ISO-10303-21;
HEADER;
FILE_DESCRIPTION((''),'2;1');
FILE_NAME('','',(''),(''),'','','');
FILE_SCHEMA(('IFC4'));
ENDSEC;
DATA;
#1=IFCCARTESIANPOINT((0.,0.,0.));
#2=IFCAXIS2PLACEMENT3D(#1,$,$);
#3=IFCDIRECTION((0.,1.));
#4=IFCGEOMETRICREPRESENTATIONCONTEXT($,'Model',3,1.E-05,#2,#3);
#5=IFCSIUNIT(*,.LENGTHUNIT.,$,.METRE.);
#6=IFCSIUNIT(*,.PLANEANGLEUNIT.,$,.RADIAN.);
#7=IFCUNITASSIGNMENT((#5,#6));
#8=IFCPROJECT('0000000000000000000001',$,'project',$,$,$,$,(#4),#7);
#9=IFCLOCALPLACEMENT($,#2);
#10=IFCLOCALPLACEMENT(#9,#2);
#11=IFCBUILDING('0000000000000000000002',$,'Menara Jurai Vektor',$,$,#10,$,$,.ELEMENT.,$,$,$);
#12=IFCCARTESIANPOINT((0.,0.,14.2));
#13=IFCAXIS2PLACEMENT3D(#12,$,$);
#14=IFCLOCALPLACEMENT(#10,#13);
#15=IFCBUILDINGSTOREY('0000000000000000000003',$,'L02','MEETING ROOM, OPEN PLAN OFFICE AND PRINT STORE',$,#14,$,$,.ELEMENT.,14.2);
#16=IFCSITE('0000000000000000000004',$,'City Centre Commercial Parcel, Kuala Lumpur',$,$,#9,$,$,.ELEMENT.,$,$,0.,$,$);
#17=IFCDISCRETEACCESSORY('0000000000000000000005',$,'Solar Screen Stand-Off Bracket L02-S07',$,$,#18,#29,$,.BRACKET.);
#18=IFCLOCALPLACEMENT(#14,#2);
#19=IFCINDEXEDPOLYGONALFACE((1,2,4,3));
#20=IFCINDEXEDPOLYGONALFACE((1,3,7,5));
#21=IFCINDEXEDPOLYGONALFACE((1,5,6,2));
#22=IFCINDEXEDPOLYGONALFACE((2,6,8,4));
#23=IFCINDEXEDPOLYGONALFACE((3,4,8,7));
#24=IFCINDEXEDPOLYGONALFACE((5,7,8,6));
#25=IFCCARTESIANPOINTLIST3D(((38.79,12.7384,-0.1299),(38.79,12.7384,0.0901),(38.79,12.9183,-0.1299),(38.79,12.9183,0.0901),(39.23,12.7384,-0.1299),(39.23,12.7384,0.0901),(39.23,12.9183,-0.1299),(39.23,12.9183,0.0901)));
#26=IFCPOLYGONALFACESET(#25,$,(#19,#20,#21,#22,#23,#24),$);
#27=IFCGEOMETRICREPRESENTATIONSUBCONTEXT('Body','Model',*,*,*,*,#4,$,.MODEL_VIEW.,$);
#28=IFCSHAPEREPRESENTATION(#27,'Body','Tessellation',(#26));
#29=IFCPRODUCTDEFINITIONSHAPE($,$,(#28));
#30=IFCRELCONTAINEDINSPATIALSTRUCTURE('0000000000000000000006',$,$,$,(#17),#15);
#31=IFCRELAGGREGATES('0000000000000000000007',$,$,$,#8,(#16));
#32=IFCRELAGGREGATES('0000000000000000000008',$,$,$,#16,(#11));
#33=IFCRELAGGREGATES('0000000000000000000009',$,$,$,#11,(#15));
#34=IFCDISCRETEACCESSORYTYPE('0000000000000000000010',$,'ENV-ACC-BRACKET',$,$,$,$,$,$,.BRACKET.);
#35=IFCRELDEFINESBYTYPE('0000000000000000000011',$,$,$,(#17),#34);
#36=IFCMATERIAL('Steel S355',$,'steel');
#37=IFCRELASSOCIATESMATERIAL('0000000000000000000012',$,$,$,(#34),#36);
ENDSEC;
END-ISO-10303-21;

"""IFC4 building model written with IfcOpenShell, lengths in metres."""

from ifc_helpers import new_model, si_unit, direction, frame, origin, origin_2d, place, context, subcontext, project, spatial, rectangle, extrude, material, type_object, element, save


model = new_model("IFC4")

# Units and contexts
model_context = context("Model", 3, precision=1e-05, world=origin(), true_north=direction((0.0, 1.0)))
body_context = subcontext(model_context, "Body", "Model", "MODEL_VIEW")
ifc_project = project(units=[si_unit("LENGTHUNIT", "METRE"), si_unit("PLANEANGLEUNIT", "RADIAN")], contexts=[model_context])

# Site, building, storey
site_placement = place(None, origin())
site = spatial("IfcSite", under=ifc_project, at=site_placement, Name="City Centre Commercial Parcel, Kuala Lumpur", CompositionType="ELEMENT", RefElevation=0.0)
building_placement = place(site_placement, origin())
building = spatial("IfcBuilding", under=site, at=building_placement, Name="Menara Jurai Vektor", CompositionType="ELEMENT")
storey_placement = place(building_placement, frame((0.0, 0.0, 14.2)))
storey = spatial("IfcBuildingStorey", under=building, at=storey_placement, Name="L02", Description="MEETING ROOM, OPEN PLAN OFFICE AND PRINT STORE", CompositionType="ELEMENT", Elevation=14.2)

# Shared definitions
ifc_material_1 = material(Name="Steel S355", Category="steel")

# Discrete accessory
discrete_accessory_type = type_object("IfcDiscreteAccessoryType", Name="ENV-ACC-BRACKET", PredefinedType="BRACKET", material=ifc_material_1)
discrete_accessory_placement = place(storey_placement, frame((39.01, 12.8284, -0.1299), z_axis=(0.0, 0.0, 1.0), x_axis=(0.0, 1.0, 0.0)))
element("IfcDiscreteAccessory", 1, at=discrete_accessory_placement, inside=storey, type_object=discrete_accessory_type, Name="Solar Screen Stand-Off Bracket L02-S07", PredefinedType="BRACKET", context=body_context, shape_type="SweptSolid", body=[
    extrude(rectangle(XDim=0.1799, YDim=0.4399, at=origin_2d()), origin(), (0.0, 0.0, 1.0), 0.22),
])

save(model, "model.ifc")
